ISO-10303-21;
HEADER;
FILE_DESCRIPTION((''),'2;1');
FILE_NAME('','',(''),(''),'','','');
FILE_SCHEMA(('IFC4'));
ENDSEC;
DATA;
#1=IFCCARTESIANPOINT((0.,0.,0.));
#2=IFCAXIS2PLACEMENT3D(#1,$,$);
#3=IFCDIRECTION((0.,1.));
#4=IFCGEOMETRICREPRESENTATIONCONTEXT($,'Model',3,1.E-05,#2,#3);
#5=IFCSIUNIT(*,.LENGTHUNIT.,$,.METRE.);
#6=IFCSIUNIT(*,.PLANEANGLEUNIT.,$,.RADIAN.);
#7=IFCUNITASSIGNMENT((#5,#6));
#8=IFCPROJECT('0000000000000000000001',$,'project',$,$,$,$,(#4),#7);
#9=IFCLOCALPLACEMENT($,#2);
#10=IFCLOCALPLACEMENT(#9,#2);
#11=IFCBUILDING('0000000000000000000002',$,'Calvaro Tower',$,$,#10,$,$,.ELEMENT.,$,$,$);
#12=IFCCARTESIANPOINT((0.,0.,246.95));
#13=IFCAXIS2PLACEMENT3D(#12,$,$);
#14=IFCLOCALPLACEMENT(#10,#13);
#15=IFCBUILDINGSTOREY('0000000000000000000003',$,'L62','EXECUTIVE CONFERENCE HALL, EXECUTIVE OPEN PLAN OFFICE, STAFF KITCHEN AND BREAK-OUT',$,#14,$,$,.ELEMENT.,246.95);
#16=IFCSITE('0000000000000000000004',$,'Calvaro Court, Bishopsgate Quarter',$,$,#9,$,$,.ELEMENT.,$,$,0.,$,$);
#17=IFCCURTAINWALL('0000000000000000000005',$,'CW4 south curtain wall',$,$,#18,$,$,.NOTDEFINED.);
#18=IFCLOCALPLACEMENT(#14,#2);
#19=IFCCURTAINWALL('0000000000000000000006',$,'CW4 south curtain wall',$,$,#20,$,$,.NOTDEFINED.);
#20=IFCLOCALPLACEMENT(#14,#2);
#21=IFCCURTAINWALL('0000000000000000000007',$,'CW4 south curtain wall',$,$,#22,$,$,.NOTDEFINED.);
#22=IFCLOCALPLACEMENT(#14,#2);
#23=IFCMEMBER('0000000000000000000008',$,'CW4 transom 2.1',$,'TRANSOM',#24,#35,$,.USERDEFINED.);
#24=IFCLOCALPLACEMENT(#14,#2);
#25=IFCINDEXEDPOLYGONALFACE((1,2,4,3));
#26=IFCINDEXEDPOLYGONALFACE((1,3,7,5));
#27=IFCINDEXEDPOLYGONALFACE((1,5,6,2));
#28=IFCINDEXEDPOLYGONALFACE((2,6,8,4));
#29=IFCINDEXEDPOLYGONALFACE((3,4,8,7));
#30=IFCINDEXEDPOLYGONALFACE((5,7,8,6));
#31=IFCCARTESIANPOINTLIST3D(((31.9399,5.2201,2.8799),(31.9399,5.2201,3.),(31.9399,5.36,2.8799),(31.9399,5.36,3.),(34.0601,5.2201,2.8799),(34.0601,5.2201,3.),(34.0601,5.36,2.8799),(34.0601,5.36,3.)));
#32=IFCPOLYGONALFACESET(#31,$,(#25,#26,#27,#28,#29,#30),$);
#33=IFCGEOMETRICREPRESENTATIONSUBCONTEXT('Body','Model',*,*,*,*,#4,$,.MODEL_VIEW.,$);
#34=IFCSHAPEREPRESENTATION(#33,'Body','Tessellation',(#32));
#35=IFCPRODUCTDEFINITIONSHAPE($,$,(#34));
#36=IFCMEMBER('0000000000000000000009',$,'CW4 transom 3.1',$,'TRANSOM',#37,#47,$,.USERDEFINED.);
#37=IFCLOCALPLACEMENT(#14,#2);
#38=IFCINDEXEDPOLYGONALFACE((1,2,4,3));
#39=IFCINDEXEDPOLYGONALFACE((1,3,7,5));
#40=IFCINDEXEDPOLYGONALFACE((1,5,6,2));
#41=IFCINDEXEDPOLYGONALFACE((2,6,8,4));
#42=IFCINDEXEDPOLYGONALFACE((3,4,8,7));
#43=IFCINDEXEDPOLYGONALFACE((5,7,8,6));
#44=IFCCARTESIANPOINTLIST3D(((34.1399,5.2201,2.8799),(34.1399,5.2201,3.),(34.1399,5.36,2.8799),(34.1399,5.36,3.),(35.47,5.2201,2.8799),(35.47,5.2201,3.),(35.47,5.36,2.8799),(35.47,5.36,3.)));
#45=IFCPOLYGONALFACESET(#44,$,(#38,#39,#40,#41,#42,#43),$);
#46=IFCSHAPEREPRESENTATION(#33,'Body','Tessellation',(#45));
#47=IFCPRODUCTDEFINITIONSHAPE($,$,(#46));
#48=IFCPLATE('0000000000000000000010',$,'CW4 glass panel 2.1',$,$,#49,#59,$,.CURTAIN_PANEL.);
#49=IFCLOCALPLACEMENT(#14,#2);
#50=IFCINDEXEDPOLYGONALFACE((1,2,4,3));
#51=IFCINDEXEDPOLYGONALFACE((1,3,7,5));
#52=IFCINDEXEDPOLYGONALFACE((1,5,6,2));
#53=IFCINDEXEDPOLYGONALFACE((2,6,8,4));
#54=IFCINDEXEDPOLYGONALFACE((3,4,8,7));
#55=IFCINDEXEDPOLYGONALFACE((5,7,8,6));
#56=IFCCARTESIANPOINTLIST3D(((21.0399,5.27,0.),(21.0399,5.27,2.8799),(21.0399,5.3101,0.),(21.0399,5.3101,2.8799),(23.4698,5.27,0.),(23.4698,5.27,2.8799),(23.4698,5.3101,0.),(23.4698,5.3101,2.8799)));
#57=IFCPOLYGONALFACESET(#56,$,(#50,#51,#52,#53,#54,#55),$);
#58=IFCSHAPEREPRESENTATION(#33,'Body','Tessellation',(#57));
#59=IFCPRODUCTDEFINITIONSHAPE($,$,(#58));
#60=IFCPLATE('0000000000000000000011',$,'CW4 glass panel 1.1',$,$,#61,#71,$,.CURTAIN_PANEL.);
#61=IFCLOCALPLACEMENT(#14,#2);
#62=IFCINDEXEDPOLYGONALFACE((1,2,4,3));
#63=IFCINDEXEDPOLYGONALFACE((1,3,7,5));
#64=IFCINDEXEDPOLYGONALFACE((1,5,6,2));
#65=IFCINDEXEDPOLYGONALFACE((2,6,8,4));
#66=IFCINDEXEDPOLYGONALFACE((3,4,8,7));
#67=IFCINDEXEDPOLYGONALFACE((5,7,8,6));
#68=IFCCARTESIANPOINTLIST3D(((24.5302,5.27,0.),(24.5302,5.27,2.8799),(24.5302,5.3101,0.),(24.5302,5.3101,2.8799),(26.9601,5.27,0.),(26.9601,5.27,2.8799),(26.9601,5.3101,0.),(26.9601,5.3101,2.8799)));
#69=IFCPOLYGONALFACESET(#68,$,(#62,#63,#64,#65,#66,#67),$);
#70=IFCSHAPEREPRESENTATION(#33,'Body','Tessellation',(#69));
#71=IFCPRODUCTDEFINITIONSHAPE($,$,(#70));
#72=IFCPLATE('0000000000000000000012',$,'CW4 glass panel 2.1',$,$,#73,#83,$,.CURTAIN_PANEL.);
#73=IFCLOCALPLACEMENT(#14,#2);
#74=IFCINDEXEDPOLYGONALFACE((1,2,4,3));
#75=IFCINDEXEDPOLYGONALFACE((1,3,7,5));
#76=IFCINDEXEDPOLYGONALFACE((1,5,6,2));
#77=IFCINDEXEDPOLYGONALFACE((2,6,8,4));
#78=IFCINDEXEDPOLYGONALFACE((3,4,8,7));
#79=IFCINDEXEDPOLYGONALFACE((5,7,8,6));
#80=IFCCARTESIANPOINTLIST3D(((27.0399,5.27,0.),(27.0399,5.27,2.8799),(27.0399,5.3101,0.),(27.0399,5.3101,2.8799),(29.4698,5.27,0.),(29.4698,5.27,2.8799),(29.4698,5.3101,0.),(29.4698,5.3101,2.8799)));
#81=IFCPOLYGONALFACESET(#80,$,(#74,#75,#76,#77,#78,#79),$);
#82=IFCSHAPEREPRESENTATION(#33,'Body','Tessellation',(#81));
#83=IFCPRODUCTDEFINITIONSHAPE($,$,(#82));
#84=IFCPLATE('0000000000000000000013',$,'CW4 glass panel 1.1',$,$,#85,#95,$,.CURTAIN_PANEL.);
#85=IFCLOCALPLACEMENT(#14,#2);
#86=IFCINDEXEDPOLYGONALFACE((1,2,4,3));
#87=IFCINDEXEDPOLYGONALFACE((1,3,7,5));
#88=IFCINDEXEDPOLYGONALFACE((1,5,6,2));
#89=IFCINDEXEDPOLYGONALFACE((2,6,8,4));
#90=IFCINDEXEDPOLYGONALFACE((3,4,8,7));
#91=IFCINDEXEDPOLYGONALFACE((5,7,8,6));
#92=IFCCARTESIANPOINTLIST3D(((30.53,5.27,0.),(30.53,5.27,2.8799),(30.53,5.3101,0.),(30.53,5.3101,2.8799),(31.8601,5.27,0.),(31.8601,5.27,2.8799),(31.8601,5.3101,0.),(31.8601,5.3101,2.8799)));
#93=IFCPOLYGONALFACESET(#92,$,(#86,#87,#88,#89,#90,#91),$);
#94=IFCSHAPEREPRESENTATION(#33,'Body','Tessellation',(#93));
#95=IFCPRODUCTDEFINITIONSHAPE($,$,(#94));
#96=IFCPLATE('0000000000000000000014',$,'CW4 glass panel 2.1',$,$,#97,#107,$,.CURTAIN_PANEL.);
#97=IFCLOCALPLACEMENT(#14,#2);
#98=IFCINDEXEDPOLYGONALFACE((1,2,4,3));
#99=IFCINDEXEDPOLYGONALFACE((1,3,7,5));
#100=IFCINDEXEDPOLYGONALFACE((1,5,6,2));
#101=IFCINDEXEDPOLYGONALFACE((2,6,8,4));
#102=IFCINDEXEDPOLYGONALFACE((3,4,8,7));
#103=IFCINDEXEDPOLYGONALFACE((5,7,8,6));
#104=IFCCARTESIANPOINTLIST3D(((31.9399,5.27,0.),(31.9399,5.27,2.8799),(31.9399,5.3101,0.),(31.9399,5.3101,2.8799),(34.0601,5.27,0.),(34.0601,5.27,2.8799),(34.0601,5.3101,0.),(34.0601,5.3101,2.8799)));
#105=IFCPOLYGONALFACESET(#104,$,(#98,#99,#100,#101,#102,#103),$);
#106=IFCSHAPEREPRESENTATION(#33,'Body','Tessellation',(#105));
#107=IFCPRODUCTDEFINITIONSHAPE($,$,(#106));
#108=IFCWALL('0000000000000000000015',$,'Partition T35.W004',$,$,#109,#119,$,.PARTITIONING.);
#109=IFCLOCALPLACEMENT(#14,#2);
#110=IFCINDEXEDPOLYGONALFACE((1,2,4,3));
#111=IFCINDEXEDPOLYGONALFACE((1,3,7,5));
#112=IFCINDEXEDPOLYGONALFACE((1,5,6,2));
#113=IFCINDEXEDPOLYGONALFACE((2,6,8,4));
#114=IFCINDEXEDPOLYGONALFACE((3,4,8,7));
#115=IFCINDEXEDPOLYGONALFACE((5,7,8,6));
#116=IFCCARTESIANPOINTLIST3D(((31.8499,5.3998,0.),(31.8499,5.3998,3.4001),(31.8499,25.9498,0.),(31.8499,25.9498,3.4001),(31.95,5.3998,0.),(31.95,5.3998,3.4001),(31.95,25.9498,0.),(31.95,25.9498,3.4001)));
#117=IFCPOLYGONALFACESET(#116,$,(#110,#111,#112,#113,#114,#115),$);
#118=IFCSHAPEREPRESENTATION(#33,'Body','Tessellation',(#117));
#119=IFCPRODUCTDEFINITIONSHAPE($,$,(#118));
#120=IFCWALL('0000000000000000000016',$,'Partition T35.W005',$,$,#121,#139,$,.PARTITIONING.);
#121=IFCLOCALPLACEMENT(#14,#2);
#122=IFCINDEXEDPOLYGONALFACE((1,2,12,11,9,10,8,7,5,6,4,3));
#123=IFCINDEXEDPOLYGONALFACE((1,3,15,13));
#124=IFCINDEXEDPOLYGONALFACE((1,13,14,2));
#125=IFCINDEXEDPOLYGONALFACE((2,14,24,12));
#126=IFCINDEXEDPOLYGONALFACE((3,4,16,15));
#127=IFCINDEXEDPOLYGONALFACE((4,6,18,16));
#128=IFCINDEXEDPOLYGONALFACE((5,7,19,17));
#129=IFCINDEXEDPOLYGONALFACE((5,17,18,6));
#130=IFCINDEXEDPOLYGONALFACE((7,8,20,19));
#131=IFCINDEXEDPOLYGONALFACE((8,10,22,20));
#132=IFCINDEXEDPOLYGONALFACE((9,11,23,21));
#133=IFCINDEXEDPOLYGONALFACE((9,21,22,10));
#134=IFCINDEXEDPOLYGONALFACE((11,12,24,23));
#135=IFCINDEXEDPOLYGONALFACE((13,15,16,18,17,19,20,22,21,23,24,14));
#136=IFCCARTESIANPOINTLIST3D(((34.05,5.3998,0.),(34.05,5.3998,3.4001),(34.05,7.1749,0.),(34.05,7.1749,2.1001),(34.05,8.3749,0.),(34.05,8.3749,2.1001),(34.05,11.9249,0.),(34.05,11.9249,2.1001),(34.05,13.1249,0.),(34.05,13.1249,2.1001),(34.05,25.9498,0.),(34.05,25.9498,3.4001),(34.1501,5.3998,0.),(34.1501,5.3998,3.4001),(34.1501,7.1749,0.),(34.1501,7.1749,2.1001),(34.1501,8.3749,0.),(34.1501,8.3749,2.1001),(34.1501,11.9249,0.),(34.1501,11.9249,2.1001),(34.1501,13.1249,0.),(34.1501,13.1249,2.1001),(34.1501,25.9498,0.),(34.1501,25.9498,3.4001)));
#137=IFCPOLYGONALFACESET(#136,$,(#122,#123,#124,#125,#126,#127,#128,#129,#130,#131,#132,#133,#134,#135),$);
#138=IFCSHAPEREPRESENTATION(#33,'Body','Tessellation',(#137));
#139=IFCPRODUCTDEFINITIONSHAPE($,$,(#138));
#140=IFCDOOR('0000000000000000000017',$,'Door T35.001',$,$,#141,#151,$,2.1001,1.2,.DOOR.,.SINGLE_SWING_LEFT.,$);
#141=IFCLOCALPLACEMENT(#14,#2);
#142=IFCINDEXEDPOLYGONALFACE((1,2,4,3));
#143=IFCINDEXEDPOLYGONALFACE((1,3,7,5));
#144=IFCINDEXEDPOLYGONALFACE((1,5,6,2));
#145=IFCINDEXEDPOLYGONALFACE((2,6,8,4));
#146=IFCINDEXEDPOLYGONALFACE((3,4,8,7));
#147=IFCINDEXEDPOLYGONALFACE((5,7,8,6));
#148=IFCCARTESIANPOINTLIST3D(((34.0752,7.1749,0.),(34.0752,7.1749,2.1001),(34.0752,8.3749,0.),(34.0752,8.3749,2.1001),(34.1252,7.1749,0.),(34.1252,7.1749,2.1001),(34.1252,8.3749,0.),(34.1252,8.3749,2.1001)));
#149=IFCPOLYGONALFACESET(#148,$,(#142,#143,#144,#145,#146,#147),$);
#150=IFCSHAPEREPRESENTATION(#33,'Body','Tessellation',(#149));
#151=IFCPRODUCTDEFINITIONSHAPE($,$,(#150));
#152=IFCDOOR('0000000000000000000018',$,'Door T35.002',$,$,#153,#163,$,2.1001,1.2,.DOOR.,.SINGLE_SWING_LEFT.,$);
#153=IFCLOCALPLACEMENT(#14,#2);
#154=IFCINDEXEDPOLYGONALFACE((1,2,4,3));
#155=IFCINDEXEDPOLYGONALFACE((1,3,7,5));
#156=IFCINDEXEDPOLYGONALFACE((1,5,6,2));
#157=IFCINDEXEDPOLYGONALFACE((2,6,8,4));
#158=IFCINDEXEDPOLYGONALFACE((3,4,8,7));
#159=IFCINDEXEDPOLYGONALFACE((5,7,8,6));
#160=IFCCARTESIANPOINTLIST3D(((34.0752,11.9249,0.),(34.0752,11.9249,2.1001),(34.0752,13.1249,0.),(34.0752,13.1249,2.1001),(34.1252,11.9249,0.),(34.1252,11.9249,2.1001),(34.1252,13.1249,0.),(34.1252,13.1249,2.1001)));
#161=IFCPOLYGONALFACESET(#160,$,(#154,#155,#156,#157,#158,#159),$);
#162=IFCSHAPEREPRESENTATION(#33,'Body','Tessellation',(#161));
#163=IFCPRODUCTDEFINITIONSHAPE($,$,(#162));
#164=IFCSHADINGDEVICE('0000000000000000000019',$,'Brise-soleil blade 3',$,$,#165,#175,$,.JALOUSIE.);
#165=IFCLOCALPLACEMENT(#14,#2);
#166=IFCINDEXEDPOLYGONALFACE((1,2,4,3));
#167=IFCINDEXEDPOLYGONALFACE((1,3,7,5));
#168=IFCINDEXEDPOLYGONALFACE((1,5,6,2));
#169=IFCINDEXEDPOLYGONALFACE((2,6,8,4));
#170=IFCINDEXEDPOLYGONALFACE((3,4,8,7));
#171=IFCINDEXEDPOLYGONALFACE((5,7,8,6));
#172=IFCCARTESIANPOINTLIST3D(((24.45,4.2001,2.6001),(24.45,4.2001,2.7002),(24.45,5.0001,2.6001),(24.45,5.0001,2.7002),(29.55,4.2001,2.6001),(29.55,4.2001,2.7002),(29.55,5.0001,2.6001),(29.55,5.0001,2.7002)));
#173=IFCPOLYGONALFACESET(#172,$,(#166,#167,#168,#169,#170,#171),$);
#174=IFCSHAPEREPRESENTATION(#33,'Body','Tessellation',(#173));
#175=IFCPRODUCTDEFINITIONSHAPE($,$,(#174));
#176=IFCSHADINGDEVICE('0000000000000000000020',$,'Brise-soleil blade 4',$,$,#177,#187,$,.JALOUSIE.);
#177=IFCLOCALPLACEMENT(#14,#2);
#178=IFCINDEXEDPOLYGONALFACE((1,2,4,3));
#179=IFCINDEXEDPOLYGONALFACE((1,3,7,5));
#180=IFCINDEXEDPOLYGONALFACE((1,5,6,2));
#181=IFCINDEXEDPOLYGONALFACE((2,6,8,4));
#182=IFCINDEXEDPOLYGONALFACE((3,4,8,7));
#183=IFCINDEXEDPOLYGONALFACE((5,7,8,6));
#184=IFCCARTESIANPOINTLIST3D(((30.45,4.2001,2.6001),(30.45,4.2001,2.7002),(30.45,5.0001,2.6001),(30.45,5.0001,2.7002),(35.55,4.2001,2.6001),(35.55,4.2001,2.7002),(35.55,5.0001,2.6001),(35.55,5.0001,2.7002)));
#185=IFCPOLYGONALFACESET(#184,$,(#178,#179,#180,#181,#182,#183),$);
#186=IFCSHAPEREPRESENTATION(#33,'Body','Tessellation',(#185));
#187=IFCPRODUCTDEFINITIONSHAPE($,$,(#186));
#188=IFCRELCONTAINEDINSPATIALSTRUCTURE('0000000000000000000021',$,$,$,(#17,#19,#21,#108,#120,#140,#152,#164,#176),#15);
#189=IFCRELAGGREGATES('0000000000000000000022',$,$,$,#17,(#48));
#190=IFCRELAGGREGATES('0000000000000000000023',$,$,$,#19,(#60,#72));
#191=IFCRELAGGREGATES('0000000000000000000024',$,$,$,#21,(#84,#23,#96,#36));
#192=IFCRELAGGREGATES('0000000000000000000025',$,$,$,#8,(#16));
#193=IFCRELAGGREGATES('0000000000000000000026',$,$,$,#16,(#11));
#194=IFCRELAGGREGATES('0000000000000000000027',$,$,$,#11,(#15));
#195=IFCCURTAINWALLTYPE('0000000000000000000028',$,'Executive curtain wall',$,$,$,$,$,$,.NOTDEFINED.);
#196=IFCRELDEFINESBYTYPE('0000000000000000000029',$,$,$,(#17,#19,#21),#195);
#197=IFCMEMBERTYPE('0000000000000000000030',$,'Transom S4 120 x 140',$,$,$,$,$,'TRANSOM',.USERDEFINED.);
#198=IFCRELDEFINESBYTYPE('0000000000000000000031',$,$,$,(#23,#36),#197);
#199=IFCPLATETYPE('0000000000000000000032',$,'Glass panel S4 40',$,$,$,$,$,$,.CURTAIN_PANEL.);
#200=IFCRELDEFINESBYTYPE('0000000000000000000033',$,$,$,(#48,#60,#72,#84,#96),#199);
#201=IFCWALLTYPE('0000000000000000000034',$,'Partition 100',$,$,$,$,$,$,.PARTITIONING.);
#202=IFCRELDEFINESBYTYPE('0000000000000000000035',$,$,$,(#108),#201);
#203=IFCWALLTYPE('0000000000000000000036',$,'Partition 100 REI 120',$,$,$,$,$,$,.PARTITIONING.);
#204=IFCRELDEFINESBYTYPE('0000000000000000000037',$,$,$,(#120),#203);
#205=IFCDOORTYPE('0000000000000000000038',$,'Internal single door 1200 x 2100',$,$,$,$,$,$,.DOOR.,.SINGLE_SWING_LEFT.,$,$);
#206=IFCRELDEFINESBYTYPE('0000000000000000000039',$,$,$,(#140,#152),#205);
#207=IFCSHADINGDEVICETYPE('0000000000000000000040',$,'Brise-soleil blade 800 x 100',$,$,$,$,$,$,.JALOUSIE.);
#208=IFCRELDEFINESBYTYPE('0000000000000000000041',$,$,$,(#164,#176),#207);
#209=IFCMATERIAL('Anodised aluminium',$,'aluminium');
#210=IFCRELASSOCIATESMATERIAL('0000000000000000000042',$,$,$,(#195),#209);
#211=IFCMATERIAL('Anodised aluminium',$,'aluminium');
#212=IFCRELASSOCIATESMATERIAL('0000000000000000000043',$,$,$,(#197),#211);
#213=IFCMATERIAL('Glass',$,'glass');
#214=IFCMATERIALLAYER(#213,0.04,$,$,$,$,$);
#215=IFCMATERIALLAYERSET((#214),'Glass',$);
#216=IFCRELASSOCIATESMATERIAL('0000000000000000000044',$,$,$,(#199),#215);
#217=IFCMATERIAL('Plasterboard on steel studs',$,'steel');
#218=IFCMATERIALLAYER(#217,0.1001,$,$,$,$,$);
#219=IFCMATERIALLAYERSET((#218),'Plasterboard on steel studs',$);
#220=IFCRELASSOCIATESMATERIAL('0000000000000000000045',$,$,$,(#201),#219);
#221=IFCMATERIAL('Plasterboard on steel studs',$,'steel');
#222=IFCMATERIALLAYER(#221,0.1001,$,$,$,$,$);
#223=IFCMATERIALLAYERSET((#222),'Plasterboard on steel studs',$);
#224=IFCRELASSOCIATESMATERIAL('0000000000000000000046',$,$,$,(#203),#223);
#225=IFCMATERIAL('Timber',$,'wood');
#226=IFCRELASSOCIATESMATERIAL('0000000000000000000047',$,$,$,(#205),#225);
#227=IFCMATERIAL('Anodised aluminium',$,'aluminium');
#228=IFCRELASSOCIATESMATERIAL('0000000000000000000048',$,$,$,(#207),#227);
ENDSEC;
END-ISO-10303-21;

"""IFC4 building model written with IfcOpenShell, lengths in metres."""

from ifc_helpers import new_model, si_unit, direction, frame, frame_2d, origin, origin_2d, place, context, subcontext, project, spatial, rectangle, extrude, material, layer, layer_set, material_profile, profile_set, type_object, element, fill, aggregate, save


model = new_model("IFC4")

# Units and contexts
model_context = context("Model", 3, precision=1e-05, world=origin(), true_north=direction((0.0, 1.0)))
body_context = subcontext(model_context, "Body", "Model", "MODEL_VIEW")
ifc_project = project(units=[si_unit("LENGTHUNIT", "METRE"), si_unit("PLANEANGLEUNIT", "RADIAN")], contexts=[model_context])

# Site, building, storey
site_placement = place(None, origin())
site = spatial("IfcSite", under=ifc_project, at=site_placement, Name="Calvaro Court, Bishopsgate Quarter", CompositionType="ELEMENT", RefElevation=0.0)
building_placement = place(site_placement, origin())
building = spatial("IfcBuilding", under=site, at=building_placement, Name="Calvaro Tower", CompositionType="ELEMENT")
storey_placement = place(building_placement, frame((0.0, 0.0, 246.95)))
storey = spatial("IfcBuildingStorey", under=building, at=storey_placement, Name="L62", Description="EXECUTIVE CONFERENCE HALL, EXECUTIVE OPEN PLAN OFFICE, STAFF KITCHEN AND BREAK-OUT", CompositionType="ELEMENT", Elevation=246.95)

# Curtain wall
ifc_material_1 = material(Name="Anodised aluminium", Category="aluminium")
curtain_wall_type = type_object("IfcCurtainWallType", Name="Executive curtain wall", PredefinedType="NOTDEFINED", material=ifc_material_1)
curtain_wall_1_placement = place(storey_placement, origin())
curtain_wall_1 = element("IfcCurtainWall", 1, at=curtain_wall_1_placement, inside=storey, type_object=curtain_wall_type, Name="CW4 south curtain wall", PredefinedType="NOTDEFINED")

# Curtain walls
curtain_wall_2_placement = place(storey_placement, origin())
curtain_wall_2 = element("IfcCurtainWall", 2, at=curtain_wall_2_placement, inside=storey, type_object=curtain_wall_type, Name="CW4 south curtain wall", PredefinedType="NOTDEFINED")
curtain_wall_3_placement = place(storey_placement, origin())
curtain_wall_3 = element("IfcCurtainWall", 3, at=curtain_wall_3_placement, inside=storey, type_object=curtain_wall_type, Name="CW4 south curtain wall", PredefinedType="NOTDEFINED")

# Members
ifc_material_2 = material(Name="Anodised aluminium", Category="aluminium")
ifc_material_profile_1 = material_profile(ifc_material_2, rectangle(XDim=0.1399, YDim=0.1201, at=origin_2d()), Name="Transom S4 120 x 140")
ifc_profile_set_1 = profile_set([ifc_material_profile_1], Name="Anodised aluminium")
member_type_1 = type_object("IfcMemberType", Name="Transom S4 120 x 140", ElementType="TRANSOM", PredefinedType="USERDEFINED", material=ifc_profile_set_1)
member_1_placement = place(storey_placement, frame((31.9399, 5.29, 2.9399), z_axis=(1.0, 0.0, 0.0), x_axis=(0.0, 1.0, 0.0)))
member_1 = element("IfcMember", 4, at=member_1_placement, type_object=member_type_1, Name="CW4 transom 2.1", ObjectType="TRANSOM", PredefinedType="USERDEFINED", context=body_context, shape_type="SweptSolid", body=[
    extrude(rectangle(XDim=0.1399, YDim=0.1201, at=origin_2d()), origin(), (0.0, 0.0, 1.0), 2.1201),
])
member_2_placement = place(storey_placement, frame((34.1399, 5.29, 2.9399), z_axis=(1.0, 0.0, 0.0), x_axis=(0.0, 1.0, 0.0)))
member_2 = element("IfcMember", 5, at=member_2_placement, type_object=member_type_1, Name="CW4 transom 3.1", ObjectType="TRANSOM", PredefinedType="USERDEFINED", context=body_context, shape_type="SweptSolid", body=[
    extrude(rectangle(XDim=0.1399, YDim=0.1201, at=origin_2d()), origin(), (0.0, 0.0, 1.0), 1.3301),
])

# Plates
ifc_material_3 = material(Name="Glass", Category="glass")
ifc_layer_1 = layer(ifc_material_3, 0.04)
ifc_layer_set_1 = layer_set([ifc_layer_1], Name="Glass")
plate_type = type_object("IfcPlateType", Name="Glass panel S4 40", PredefinedType="CURTAIN_PANEL", material=ifc_layer_set_1)
plate_1_placement = place(storey_placement, frame((22.2549, 5.29, 0.0), z_axis=(0.0, 0.0, 1.0), x_axis=(1.0, 0.0, 0.0)))
plate_1 = element("IfcPlate", 6, at=plate_1_placement, type_object=plate_type, Name="CW4 glass panel 2.1", PredefinedType="CURTAIN_PANEL", context=body_context, shape_type="SweptSolid", body=[
    extrude(rectangle(XDim=2.4299, YDim=0.04, at=origin_2d()), origin(), (0.0, 0.0, 1.0), 2.8799),
])
aggregate(curtain_wall_1, [plate_1])
plate_2_placement = place(storey_placement, frame((25.7451, 5.29, 0.0), z_axis=(0.0, 0.0, 1.0), x_axis=(1.0, 0.0, 0.0)))
plate_2 = element("IfcPlate", 7, at=plate_2_placement, type_object=plate_type, Name="CW4 glass panel 1.1", PredefinedType="CURTAIN_PANEL", context=body_context, shape_type="SweptSolid", body=[
    extrude(rectangle(XDim=2.4299, YDim=0.04, at=origin_2d()), origin(), (0.0, 0.0, 1.0), 2.8799),
])
plate_3_placement = place(storey_placement, frame((28.2549, 5.29, 0.0), z_axis=(0.0, 0.0, 1.0), x_axis=(1.0, 0.0, 0.0)))
plate_3 = element("IfcPlate", 8, at=plate_3_placement, type_object=plate_type, Name="CW4 glass panel 2.1", PredefinedType="CURTAIN_PANEL", context=body_context, shape_type="SweptSolid", body=[
    extrude(rectangle(XDim=2.4299, YDim=0.04, at=origin_2d()), origin(), (0.0, 0.0, 1.0), 2.8799),
])
aggregate(curtain_wall_2, [plate_2, plate_3])
plate_4_placement = place(storey_placement, frame((31.1951, 5.29, 0.0), z_axis=(0.0, 0.0, 1.0), x_axis=(1.0, 0.0, 0.0)))
plate_4 = element("IfcPlate", 9, at=plate_4_placement, type_object=plate_type, Name="CW4 glass panel 1.1", PredefinedType="CURTAIN_PANEL", context=body_context, shape_type="SweptSolid", body=[
    extrude(rectangle(XDim=1.3301, YDim=0.04, at=origin_2d()), origin(), (0.0, 0.0, 1.0), 2.8799),
])
plate_5_placement = place(storey_placement, frame((33.0, 5.29, 0.0), z_axis=(0.0, 0.0, 1.0), x_axis=(1.0, 0.0, 0.0)))
plate_5 = element("IfcPlate", 10, at=plate_5_placement, type_object=plate_type, Name="CW4 glass panel 2.1", PredefinedType="CURTAIN_PANEL", context=body_context, shape_type="SweptSolid", body=[
    extrude(rectangle(XDim=2.1201, YDim=0.04, at=origin_2d()), origin(), (0.0, 0.0, 1.0), 2.8799),
])
aggregate(curtain_wall_3, [plate_4, member_1, plate_5, member_2])

# Wall
ifc_material_4 = material(Name="Plasterboard on steel studs", Category="steel")
ifc_layer_2 = layer(ifc_material_4, 0.1001)
ifc_layer_set_2 = layer_set([ifc_layer_2], Name="Plasterboard on steel studs")
wall_type_1 = type_object("IfcWallType", Name="Partition 100", PredefinedType="PARTITIONING", material=ifc_layer_set_2)
wall_1_placement = place(storey_placement, frame((31.8999, 5.3999, 0.0), z_axis=(0.0, 0.0, 1.0), x_axis=(0.0, 1.0, 0.0)))
element("IfcWall", 11, at=wall_1_placement, inside=storey, type_object=wall_type_1, Name="Partition T35.W004", PredefinedType="PARTITIONING", context=body_context, shape_type="SweptSolid", body=[
    extrude(rectangle(XDim=20.55, YDim=0.1001, at=frame_2d((10.2749, 0.0))), origin(), (0.0, 0.0, 1.0), 3.4001),
])

# Wall, openings, doors
ifc_material_5 = material(Name="Plasterboard on steel studs", Category="steel")
ifc_layer_3 = layer(ifc_material_5, 0.1001)
ifc_layer_set_3 = layer_set([ifc_layer_3], Name="Plasterboard on steel studs")
wall_type_2 = type_object("IfcWallType", Name="Partition 100 REI 120", PredefinedType="PARTITIONING", material=ifc_layer_set_3)
wall_2_placement = place(storey_placement, frame((34.1001, 5.3999, 0.0), z_axis=(0.0, 0.0, 1.0), x_axis=(0.0, 1.0, 0.0)))
wall_2 = element("IfcWall", 12, at=wall_2_placement, inside=storey, type_object=wall_type_2, Name="Partition T35.W005", PredefinedType="PARTITIONING", context=body_context, shape_type="SweptSolid", body=[
    extrude(rectangle(XDim=20.55, YDim=0.1001, at=frame_2d((10.2749, 0.0))), origin(), (0.0, 0.0, 1.0), 3.4001),
])
opening_1_placement = place(wall_2_placement, frame((1.7749, 0.0, 0.0)))
opening_1 = element("IfcOpeningElement", 13, at=opening_1_placement, cuts=wall_2, PredefinedType="OPENING", context=body_context, shape_type="SweptSolid", body=[
    extrude(rectangle(XDim=1.2, YDim=2.1001, at=frame_2d((0.6001, 1.05))), frame((0.0, 0.0601, 0.0), z_axis=(0.0, -1.0, 0.0), x_axis=(1.0, 0.0, 0.0)), (0.0, 0.0, 1.0), 0.1201),
])
opening_2_placement = place(wall_2_placement, frame((6.5249, 0.0, 0.0)))
opening_2 = element("IfcOpeningElement", 14, at=opening_2_placement, cuts=wall_2, PredefinedType="OPENING", context=body_context, shape_type="SweptSolid", body=[
    extrude(rectangle(XDim=1.2, YDim=2.1001, at=frame_2d((0.6001, 1.05))), frame((0.0, 0.0601, 0.0), z_axis=(0.0, -1.0, 0.0), x_axis=(1.0, 0.0, 0.0)), (0.0, 0.0, 1.0), 0.1201),
])
ifc_material_6 = material(Name="Timber", Category="wood")
door_type = type_object("IfcDoorType", Name="Internal single door 1200 x 2100", OperationType="SINGLE_SWING_LEFT", PredefinedType="DOOR", material=ifc_material_6)
door_1_placement = place(opening_1_placement, origin())
door_1 = element("IfcDoor", 15, at=door_1_placement, inside=storey, type_object=door_type, Name="Door T35.001", OperationType="SINGLE_SWING_LEFT", OverallHeight=2.1001, OverallWidth=1.2, PredefinedType="DOOR", context=body_context, shape_type="SweptSolid", body=[
    extrude(rectangle(XDim=1.2, YDim=2.1001, at=frame_2d((0.6001, 1.05))), frame((0.0, 0.0249, 0.0), z_axis=(0.0, -1.0, 0.0), x_axis=(1.0, 0.0, 0.0)), (0.0, 0.0, 1.0), 0.05),
])
fill(opening_1, door_1)
door_2_placement = place(opening_2_placement, origin())
door_2 = element("IfcDoor", 16, at=door_2_placement, inside=storey, type_object=door_type, Name="Door T35.002", OperationType="SINGLE_SWING_LEFT", OverallHeight=2.1001, OverallWidth=1.2, PredefinedType="DOOR", context=body_context, shape_type="SweptSolid", body=[
    extrude(rectangle(XDim=1.2, YDim=2.1001, at=frame_2d((0.6001, 1.05))), frame((0.0, 0.0249, 0.0), z_axis=(0.0, -1.0, 0.0), x_axis=(1.0, 0.0, 0.0)), (0.0, 0.0, 1.0), 0.05),
])
fill(opening_2, door_2)

# Shading devices
ifc_material_7 = material(Name="Anodised aluminium", Category="aluminium")
ifc_material_profile_2 = material_profile(ifc_material_7, rectangle(XDim=0.8, YDim=0.1001, at=origin_2d()), Name="Brise-soleil blade 800 x 100")
ifc_profile_set_2 = profile_set([ifc_material_profile_2], Name="Anodised aluminium")
shading_device_type_1 = type_object("IfcShadingDeviceType", Name="Brise-soleil blade 800 x 100", PredefinedType="JALOUSIE", material=ifc_profile_set_2)
for number, where, z_axis, x_axis, name in (
    (17, (24.45, 4.6001, 2.6501), (1.0, 0.0, 0.0), (0.0, 1.0, 0.0), "Brise-soleil blade 3"),
    (18, (30.45, 4.6001, 2.6501), (1.0, 0.0, 0.0), (0.0, 1.0, 0.0), "Brise-soleil blade 4"),
):
    element("IfcShadingDevice", number, at=place(storey_placement, frame(where, z_axis=z_axis, x_axis=x_axis)), inside=storey, type_object=shading_device_type_1, Name=name, PredefinedType="JALOUSIE", context=body_context, shape_type="SweptSolid", body=[
        extrude(rectangle(XDim=0.8, YDim=0.1001, at=origin_2d()), origin(), (0.0, 0.0, 1.0), 5.1001),
    ])

save(model, "model.ifc")
